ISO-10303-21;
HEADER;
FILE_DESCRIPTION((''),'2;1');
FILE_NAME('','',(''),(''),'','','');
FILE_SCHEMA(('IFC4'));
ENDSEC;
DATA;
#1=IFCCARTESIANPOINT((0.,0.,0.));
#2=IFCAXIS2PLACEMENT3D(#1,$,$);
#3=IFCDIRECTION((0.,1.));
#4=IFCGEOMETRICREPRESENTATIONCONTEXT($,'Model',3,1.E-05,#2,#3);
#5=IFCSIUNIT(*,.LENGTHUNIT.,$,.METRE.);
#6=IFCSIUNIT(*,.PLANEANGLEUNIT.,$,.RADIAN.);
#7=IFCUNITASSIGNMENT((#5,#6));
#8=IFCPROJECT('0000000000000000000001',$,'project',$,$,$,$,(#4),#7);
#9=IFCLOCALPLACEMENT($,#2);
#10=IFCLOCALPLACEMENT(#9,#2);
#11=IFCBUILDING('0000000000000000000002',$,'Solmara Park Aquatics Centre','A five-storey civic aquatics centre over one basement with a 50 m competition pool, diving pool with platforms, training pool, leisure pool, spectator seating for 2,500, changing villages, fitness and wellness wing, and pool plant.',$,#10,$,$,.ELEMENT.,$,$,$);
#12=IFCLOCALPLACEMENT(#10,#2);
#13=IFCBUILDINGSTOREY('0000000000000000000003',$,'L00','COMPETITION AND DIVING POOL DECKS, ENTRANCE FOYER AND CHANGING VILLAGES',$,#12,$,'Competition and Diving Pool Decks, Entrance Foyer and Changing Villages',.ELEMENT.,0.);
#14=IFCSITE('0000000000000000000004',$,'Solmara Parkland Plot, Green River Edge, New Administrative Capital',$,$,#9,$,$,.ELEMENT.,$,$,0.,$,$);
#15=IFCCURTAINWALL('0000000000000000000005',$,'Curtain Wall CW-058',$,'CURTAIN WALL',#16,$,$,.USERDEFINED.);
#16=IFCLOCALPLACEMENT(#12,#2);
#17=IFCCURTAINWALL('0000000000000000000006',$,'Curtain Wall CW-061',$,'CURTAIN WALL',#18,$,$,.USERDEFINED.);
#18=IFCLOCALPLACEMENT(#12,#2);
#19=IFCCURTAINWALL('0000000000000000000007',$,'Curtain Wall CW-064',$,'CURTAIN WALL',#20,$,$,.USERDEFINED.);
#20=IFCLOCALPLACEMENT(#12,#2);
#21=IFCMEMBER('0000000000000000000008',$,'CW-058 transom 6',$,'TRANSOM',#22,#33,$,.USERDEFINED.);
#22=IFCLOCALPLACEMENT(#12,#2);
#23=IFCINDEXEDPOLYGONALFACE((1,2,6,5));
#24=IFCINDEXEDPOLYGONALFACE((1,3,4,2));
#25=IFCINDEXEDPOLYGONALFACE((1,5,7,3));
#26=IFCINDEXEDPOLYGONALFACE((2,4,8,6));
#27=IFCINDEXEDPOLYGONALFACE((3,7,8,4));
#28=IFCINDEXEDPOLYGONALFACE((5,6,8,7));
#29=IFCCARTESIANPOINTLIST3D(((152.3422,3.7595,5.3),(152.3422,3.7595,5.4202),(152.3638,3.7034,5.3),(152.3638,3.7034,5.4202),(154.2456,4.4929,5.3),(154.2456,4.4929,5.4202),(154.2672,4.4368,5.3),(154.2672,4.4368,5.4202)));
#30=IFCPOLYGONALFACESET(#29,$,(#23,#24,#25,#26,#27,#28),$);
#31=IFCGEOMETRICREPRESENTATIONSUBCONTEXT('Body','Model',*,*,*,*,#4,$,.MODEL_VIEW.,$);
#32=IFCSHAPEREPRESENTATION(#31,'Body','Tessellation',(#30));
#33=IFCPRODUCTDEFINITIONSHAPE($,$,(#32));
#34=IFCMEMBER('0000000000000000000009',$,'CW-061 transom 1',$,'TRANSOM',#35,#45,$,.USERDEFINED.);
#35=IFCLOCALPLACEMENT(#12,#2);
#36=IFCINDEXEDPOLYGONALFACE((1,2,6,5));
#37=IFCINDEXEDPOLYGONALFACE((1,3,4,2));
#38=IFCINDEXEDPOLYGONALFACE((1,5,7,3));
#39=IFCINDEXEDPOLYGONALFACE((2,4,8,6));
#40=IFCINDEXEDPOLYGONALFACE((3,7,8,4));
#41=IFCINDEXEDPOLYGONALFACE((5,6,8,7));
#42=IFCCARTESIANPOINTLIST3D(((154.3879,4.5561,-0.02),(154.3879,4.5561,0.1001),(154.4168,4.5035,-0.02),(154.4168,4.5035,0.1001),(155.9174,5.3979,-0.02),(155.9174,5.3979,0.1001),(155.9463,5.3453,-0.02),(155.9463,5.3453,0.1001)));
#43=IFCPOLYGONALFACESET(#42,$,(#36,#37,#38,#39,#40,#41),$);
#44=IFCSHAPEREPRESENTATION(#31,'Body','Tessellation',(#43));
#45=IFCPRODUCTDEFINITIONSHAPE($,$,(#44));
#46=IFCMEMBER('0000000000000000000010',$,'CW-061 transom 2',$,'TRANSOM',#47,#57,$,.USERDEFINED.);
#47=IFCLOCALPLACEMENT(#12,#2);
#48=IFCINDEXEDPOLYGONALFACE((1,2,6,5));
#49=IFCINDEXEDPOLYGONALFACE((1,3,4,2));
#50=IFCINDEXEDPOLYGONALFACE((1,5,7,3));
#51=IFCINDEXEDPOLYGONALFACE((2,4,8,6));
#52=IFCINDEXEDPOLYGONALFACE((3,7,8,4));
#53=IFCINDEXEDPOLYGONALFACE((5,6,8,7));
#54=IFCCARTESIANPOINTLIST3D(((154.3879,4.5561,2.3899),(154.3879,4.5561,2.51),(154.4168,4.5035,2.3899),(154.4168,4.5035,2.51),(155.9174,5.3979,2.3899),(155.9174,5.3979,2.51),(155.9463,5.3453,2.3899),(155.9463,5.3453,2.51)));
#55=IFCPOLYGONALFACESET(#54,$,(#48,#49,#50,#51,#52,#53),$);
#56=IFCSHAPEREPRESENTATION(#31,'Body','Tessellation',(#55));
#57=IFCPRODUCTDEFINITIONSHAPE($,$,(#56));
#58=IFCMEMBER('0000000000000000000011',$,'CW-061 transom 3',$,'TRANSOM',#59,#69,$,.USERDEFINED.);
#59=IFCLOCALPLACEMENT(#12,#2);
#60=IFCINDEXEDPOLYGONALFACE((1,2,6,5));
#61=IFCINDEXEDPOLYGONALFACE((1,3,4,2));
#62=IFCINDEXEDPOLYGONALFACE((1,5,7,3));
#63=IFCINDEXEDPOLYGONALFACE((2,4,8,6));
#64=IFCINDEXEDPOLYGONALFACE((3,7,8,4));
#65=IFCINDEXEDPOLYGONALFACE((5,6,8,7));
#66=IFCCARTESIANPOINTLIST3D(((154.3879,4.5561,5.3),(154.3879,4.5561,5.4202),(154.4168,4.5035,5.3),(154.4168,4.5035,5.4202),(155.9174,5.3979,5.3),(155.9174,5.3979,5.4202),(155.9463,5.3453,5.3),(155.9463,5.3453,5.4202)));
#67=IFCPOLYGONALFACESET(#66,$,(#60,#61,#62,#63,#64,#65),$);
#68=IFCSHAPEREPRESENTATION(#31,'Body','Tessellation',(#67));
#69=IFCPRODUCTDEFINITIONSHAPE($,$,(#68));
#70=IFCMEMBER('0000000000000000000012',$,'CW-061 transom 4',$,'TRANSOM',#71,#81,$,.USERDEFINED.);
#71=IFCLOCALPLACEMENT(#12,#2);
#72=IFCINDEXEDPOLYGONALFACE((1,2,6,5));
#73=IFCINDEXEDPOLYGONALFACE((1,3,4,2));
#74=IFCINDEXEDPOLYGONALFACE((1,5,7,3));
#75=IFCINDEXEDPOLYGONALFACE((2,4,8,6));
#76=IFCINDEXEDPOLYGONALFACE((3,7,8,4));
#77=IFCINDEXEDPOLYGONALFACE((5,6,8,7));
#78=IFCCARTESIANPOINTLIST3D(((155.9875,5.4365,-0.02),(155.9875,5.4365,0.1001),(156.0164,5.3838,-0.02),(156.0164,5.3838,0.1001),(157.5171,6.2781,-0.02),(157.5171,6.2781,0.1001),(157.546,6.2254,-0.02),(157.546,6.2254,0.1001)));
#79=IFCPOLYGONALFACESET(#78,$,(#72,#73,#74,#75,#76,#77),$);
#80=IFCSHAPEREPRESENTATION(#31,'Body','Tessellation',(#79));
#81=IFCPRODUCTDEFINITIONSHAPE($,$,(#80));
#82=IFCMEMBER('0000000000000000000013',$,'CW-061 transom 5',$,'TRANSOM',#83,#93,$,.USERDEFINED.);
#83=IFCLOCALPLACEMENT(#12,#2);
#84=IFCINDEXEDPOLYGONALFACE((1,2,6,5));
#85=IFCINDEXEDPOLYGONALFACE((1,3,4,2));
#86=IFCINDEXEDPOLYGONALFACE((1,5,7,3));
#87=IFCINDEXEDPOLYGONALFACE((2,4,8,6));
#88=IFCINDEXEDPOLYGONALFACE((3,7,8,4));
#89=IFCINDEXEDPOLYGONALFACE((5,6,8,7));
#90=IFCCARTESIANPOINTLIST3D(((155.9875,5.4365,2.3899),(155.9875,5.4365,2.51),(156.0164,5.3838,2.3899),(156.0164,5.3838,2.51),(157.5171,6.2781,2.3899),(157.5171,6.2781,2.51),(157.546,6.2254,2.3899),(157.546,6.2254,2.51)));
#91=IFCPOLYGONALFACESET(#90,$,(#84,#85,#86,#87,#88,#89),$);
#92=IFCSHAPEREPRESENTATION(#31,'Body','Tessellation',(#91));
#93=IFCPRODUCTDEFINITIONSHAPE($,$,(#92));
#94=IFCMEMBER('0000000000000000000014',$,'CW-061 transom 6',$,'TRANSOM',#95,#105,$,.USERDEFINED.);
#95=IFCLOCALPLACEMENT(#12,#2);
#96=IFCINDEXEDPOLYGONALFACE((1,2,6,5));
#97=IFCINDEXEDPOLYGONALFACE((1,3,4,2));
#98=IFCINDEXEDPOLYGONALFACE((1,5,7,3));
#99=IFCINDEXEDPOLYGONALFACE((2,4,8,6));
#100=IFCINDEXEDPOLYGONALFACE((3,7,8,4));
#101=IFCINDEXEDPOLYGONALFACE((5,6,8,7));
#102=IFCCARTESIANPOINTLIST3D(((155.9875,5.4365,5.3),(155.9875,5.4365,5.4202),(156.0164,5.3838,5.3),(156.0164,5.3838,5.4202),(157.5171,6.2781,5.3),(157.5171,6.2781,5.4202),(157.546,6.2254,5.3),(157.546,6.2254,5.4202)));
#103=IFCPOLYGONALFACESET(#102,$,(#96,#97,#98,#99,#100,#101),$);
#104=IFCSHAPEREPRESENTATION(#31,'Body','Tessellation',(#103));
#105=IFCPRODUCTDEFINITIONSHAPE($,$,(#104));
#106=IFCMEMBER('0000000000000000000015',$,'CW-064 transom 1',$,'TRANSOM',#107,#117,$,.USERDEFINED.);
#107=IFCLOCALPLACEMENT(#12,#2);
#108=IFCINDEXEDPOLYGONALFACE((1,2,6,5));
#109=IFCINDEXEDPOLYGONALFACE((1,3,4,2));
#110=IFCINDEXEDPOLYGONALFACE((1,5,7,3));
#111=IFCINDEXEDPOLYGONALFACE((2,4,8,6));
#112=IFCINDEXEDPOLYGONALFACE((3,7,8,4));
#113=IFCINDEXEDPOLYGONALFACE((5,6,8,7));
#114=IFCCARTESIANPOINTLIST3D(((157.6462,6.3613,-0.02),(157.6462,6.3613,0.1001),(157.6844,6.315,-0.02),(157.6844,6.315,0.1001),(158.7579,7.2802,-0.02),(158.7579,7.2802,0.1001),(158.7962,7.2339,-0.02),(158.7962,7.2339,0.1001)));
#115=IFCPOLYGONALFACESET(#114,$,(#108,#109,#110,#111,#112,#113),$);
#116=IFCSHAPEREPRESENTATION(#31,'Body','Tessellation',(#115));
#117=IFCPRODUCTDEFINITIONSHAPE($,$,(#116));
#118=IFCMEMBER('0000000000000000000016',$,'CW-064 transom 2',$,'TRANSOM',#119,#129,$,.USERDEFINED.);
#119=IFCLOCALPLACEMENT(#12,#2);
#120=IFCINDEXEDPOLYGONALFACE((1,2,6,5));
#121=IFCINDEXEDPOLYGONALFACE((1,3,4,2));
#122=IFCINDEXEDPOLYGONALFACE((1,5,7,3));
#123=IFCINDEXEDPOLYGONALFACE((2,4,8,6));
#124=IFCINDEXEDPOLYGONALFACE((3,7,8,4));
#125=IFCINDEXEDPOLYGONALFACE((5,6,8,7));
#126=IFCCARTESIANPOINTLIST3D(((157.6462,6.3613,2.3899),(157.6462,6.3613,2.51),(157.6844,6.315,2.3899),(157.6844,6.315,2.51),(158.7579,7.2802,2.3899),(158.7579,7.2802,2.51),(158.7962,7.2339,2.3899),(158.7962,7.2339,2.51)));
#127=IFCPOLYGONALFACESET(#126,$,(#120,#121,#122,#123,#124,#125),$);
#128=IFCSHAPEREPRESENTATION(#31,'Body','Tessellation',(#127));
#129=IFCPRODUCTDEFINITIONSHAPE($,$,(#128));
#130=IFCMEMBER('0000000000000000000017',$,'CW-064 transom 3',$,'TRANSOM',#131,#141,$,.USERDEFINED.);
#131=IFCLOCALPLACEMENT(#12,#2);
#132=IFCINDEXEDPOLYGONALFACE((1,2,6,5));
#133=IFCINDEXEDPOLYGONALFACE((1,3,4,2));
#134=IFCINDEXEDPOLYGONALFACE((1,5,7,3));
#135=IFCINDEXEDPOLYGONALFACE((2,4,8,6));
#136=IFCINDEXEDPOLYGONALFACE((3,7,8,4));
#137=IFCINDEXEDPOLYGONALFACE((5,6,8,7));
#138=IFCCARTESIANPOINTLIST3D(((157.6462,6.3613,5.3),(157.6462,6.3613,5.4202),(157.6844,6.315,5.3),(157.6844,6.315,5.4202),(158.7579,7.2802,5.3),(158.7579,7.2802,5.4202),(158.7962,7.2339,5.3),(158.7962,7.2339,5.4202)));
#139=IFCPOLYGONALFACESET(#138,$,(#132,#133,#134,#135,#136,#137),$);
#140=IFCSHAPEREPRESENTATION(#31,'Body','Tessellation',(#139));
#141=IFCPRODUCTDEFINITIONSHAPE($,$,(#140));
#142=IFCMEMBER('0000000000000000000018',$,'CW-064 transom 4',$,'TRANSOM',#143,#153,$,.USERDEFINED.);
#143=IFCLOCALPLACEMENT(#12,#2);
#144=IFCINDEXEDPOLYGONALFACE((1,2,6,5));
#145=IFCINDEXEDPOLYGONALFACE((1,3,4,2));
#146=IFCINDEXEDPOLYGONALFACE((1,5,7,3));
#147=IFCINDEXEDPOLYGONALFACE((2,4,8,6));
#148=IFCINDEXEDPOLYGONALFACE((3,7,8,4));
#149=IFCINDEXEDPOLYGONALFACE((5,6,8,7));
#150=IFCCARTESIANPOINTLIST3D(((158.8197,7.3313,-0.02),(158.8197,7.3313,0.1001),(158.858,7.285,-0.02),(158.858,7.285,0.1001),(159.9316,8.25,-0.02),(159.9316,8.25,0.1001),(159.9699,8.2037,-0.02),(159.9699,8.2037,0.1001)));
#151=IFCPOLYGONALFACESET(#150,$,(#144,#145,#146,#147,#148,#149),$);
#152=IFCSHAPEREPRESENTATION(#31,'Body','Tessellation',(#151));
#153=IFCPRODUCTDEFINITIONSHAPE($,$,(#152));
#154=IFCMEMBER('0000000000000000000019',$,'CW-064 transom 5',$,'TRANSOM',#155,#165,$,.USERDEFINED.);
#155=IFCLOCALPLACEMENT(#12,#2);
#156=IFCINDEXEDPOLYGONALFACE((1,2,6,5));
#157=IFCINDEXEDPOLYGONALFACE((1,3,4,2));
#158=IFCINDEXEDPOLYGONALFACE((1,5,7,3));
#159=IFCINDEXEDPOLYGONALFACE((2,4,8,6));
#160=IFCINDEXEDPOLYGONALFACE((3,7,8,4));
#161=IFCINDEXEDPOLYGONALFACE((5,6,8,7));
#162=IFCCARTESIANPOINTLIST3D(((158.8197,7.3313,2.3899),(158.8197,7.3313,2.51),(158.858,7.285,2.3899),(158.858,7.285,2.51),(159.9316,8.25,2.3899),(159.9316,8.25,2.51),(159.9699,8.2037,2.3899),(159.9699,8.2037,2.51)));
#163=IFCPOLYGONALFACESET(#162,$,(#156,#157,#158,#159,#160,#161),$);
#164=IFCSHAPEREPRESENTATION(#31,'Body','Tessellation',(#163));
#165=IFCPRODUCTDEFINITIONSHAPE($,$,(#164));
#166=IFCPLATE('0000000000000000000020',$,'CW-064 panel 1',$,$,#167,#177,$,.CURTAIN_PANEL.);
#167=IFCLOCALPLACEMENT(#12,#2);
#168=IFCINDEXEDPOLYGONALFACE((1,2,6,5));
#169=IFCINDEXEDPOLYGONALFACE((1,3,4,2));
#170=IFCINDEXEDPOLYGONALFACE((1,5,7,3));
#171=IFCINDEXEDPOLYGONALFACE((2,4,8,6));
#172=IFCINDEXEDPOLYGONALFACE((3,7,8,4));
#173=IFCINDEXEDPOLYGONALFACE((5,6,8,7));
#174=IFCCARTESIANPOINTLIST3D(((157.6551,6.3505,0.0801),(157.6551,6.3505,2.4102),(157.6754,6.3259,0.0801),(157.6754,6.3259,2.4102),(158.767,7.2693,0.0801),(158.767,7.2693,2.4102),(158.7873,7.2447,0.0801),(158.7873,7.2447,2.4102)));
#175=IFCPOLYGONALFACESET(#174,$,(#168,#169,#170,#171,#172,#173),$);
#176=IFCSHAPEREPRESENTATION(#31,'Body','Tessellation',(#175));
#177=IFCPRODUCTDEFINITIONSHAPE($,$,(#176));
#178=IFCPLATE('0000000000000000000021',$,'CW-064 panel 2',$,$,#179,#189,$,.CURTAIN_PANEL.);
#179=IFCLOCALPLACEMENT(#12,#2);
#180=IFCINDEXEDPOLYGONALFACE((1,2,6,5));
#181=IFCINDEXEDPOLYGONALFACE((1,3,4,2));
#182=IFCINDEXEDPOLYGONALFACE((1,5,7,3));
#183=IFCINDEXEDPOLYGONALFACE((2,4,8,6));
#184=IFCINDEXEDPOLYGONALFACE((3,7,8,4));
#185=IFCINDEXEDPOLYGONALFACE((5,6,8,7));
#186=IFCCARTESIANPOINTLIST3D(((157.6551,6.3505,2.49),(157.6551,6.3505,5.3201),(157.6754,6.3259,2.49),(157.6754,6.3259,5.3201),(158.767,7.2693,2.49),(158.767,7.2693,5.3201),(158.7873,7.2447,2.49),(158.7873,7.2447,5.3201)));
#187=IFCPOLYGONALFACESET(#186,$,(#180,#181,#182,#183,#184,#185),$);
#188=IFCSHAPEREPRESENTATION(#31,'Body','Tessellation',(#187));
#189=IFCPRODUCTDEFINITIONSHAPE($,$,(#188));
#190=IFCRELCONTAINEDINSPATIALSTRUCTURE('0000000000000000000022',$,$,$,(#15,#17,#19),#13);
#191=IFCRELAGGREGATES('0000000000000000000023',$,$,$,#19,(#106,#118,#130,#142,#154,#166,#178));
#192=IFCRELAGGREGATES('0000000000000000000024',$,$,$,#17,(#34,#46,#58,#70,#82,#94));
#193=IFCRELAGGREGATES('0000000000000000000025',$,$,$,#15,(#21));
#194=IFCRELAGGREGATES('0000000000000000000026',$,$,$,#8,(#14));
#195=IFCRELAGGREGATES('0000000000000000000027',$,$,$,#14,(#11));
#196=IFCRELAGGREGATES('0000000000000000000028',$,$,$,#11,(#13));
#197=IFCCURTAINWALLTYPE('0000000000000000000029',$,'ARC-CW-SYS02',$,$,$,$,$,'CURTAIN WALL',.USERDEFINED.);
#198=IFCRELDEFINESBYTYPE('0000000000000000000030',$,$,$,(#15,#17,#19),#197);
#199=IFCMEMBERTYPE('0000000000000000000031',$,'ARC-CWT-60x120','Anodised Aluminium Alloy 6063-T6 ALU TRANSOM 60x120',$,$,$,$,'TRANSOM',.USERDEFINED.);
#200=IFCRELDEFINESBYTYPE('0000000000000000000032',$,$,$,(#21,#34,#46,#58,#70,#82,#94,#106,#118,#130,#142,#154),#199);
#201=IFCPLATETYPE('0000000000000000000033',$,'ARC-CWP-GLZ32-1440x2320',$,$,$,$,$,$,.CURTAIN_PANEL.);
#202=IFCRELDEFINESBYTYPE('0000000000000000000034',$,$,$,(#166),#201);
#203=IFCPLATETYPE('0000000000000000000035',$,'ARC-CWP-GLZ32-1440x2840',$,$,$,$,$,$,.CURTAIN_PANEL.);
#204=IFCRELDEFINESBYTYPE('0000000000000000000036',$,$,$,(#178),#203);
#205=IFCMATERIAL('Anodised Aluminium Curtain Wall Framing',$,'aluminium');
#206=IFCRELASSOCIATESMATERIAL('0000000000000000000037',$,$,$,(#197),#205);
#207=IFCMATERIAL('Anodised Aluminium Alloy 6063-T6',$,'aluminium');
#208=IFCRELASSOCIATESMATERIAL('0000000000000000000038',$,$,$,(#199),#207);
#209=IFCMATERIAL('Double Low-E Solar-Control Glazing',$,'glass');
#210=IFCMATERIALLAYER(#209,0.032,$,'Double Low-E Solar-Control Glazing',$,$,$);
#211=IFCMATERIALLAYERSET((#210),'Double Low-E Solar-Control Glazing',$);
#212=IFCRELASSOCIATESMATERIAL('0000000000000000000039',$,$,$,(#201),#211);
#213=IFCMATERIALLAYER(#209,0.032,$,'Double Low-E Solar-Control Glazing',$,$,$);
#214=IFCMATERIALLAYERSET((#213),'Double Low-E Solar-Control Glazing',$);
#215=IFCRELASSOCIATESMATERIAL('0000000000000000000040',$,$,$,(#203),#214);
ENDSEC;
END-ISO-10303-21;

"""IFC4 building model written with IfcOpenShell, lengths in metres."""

from ifc_helpers import new_model, si_unit, direction, frame, origin, origin_2d, place, context, subcontext, project, spatial, rectangle, extrude, material, layer, layer_set, material_profile, profile_set, type_object, element, aggregate, save


model = new_model("IFC4")

# Units and contexts
model_context = context("Model", 3, precision=1e-05, world=origin(), true_north=direction((0.0, 1.0)))
body_context = subcontext(model_context, "Body", "Model", "MODEL_VIEW")
ifc_project = project(units=[si_unit("LENGTHUNIT", "METRE"), si_unit("PLANEANGLEUNIT", "RADIAN")], contexts=[model_context])

# Site, building, storey
site_placement = place(None, origin())
site = spatial("IfcSite", under=ifc_project, at=site_placement, Name="Solmara Parkland Plot, Green River Edge, New Administrative Capital", CompositionType="ELEMENT", RefElevation=0.0)
building_placement = place(site_placement, origin())
building = spatial("IfcBuilding", under=site, at=building_placement, Name="Solmara Park Aquatics Centre", Description="A five-storey civic aquatics centre over one basement with a 50 m competition pool, diving pool with platforms, training pool, leisure pool, spectator seating for 2,500, changing villages, fitness and wellness wing, and pool plant.", CompositionType="ELEMENT")
storey_placement = place(building_placement, origin())
storey = spatial("IfcBuildingStorey", under=building, at=storey_placement, Name="L00", Description="COMPETITION AND DIVING POOL DECKS, ENTRANCE FOYER AND CHANGING VILLAGES", LongName="Competition and Diving Pool Decks, Entrance Foyer and Changing Villages", CompositionType="ELEMENT", Elevation=0.0)

# Curtain walls
ifc_material_1 = material(Name="Anodised Aluminium Curtain Wall Framing", Category="aluminium")
curtain_wall_type = type_object("IfcCurtainWallType", Name="ARC-CW-SYS02", ElementType="CURTAIN WALL", PredefinedType="USERDEFINED", material=ifc_material_1)
curtain_wall_1_placement = place(storey_placement, origin())
curtain_wall_1 = element("IfcCurtainWall", 1, at=curtain_wall_1_placement, inside=storey, type_object=curtain_wall_type, Name="Curtain Wall CW-058", ObjectType="CURTAIN WALL", PredefinedType="USERDEFINED")
ifc_material_2 = material(Name="Anodised Aluminium Alloy 6063-T6", Category="aluminium")
curtain_wall_2_placement = place(storey_placement, origin())
curtain_wall_2 = element("IfcCurtainWall", 2, at=curtain_wall_2_placement, inside=storey, type_object=curtain_wall_type, Name="Curtain Wall CW-061", ObjectType="CURTAIN WALL", PredefinedType="USERDEFINED")
curtain_wall_3_placement = place(storey_placement, origin())
curtain_wall_3 = element("IfcCurtainWall", 3, at=curtain_wall_3_placement, inside=storey, type_object=curtain_wall_type, Name="Curtain Wall CW-064", ObjectType="CURTAIN WALL", PredefinedType="USERDEFINED")

# Members
ifc_material_profile_1 = material_profile(ifc_material_2, rectangle(XDim=0.0601, YDim=0.1201, at=origin_2d()), Name="ALU TRANSOM 60x120")
ifc_profile_set_1 = profile_set([ifc_material_profile_1], Name="Anodised Aluminium Alloy 6063-T6")
member_type_1 = type_object("IfcMemberType", Name="ARC-CWT-60x120", Description="Anodised Aluminium Alloy 6063-T6 ALU TRANSOM 60x120", ElementType="TRANSOM", PredefinedType="USERDEFINED", material=ifc_profile_set_1)
member_1_placement = place(storey_placement, frame((152.353, 3.7314, 5.3601), z_axis=(0.933123, 0.359556, 0.0), x_axis=(-0.359556, 0.933123, 0.0)))
member_1 = element("IfcMember", 4, at=member_1_placement, type_object=member_type_1, Name="CW-058 transom 6", ObjectType="TRANSOM", PredefinedType="USERDEFINED", context=body_context, shape_type="SweptSolid", body=[
    extrude(rectangle(XDim=0.0601, YDim=0.1201, at=origin_2d()), origin(), (0.0, 0.0, 1.0), 2.0398),
])
member_2_placement = place(storey_placement, frame((154.4023, 4.5298, 0.04), z_axis=(0.876083, 0.48216, 0.0), x_axis=(-0.48216, 0.876083, 0.0)))
member_2 = element("IfcMember", 5, at=member_2_placement, type_object=member_type_1, Name="CW-061 transom 1", ObjectType="TRANSOM", PredefinedType="USERDEFINED", context=body_context, shape_type="SweptSolid", body=[
    extrude(rectangle(XDim=0.0601, YDim=0.1201, at=origin_2d()), origin(), (0.0, 0.0, 1.0), 1.7458),
])
member_3_placement = place(storey_placement, frame((154.4023, 4.5298, 2.45), z_axis=(0.876083, 0.48216, 0.0), x_axis=(-0.48216, 0.876083, 0.0)))
member_3 = element("IfcMember", 6, at=member_3_placement, type_object=member_type_1, Name="CW-061 transom 2", ObjectType="TRANSOM", PredefinedType="USERDEFINED", context=body_context, shape_type="SweptSolid", body=[
    extrude(rectangle(XDim=0.0601, YDim=0.1201, at=origin_2d()), origin(), (0.0, 0.0, 1.0), 1.7458),
])
member_4_placement = place(storey_placement, frame((154.4023, 4.5298, 5.3601), z_axis=(0.876083, 0.48216, 0.0), x_axis=(-0.48216, 0.876083, 0.0)))
member_4 = element("IfcMember", 7, at=member_4_placement, type_object=member_type_1, Name="CW-061 transom 3", ObjectType="TRANSOM", PredefinedType="USERDEFINED", context=body_context, shape_type="SweptSolid", body=[
    extrude(rectangle(XDim=0.0601, YDim=0.1201, at=origin_2d()), origin(), (0.0, 0.0, 1.0), 1.7458),
])
member_5_placement = place(storey_placement, frame((156.002, 5.4102, 0.04), z_axis=(0.876142, 0.482053, 0.0), x_axis=(-0.482053, 0.876142, 0.0)))
member_5 = element("IfcMember", 8, at=member_5_placement, type_object=member_type_1, Name="CW-061 transom 4", ObjectType="TRANSOM", PredefinedType="USERDEFINED", context=body_context, shape_type="SweptSolid", body=[
    extrude(rectangle(XDim=0.0601, YDim=0.1201, at=origin_2d()), origin(), (0.0, 0.0, 1.0), 1.7458),
])
member_6_placement = place(storey_placement, frame((156.002, 5.4102, 2.45), z_axis=(0.876142, 0.482053, 0.0), x_axis=(-0.482053, 0.876142, 0.0)))
member_6 = element("IfcMember", 9, at=member_6_placement, type_object=member_type_1, Name="CW-061 transom 5", ObjectType="TRANSOM", PredefinedType="USERDEFINED", context=body_context, shape_type="SweptSolid", body=[
    extrude(rectangle(XDim=0.0601, YDim=0.1201, at=origin_2d()), origin(), (0.0, 0.0, 1.0), 1.7458),
])
member_7_placement = place(storey_placement, frame((156.002, 5.4102, 5.3601), z_axis=(0.876142, 0.482053, 0.0), x_axis=(-0.482053, 0.876142, 0.0)))
member_7 = element("IfcMember", 10, at=member_7_placement, type_object=member_type_1, Name="CW-061 transom 6", ObjectType="TRANSOM", PredefinedType="USERDEFINED", context=body_context, shape_type="SweptSolid", body=[
    extrude(rectangle(XDim=0.0601, YDim=0.1201, at=origin_2d()), origin(), (0.0, 0.0, 1.0), 1.7458),
])
member_8_placement = place(storey_placement, frame((157.6653, 6.3381, 0.04), z_axis=(0.770796, 0.637083, 0.0), x_axis=(-0.637083, 0.770796, 0.0)))
member_8 = element("IfcMember", 11, at=member_8_placement, type_object=member_type_1, Name="CW-064 transom 1", ObjectType="TRANSOM", PredefinedType="USERDEFINED", context=body_context, shape_type="SweptSolid", body=[
    extrude(rectangle(XDim=0.0601, YDim=0.1201, at=origin_2d()), origin(), (0.0, 0.0, 1.0), 1.4424),
])
member_9_placement = place(storey_placement, frame((157.6653, 6.3381, 2.45), z_axis=(0.770796, 0.637083, 0.0), x_axis=(-0.637083, 0.770796, 0.0)))
member_9 = element("IfcMember", 12, at=member_9_placement, type_object=member_type_1, Name="CW-064 transom 2", ObjectType="TRANSOM", PredefinedType="USERDEFINED", context=body_context, shape_type="SweptSolid", body=[
    extrude(rectangle(XDim=0.0601, YDim=0.1201, at=origin_2d()), origin(), (0.0, 0.0, 1.0), 1.4424),
])
member_10_placement = place(storey_placement, frame((157.6653, 6.3381, 5.3601), z_axis=(0.770796, 0.637083, 0.0), x_axis=(-0.637083, 0.770796, 0.0)))
member_10 = element("IfcMember", 13, at=member_10_placement, type_object=member_type_1, Name="CW-064 transom 3", ObjectType="TRANSOM", PredefinedType="USERDEFINED", context=body_context, shape_type="SweptSolid", body=[
    extrude(rectangle(XDim=0.0601, YDim=0.1201, at=origin_2d()), origin(), (0.0, 0.0, 1.0), 1.4424),
])
member_11_placement = place(storey_placement, frame((158.8389, 7.3081, 0.04), z_axis=(0.770879, 0.636982, 0.0), x_axis=(-0.636982, 0.770879, 0.0)))
member_11 = element("IfcMember", 14, at=member_11_placement, type_object=member_type_1, Name="CW-064 transom 4", ObjectType="TRANSOM", PredefinedType="USERDEFINED", context=body_context, shape_type="SweptSolid", body=[
    extrude(rectangle(XDim=0.0601, YDim=0.1201, at=origin_2d()), origin(), (0.0, 0.0, 1.0), 1.4424),
])
member_12_placement = place(storey_placement, frame((158.8389, 7.3081, 2.45), z_axis=(0.770879, 0.636982, 0.0), x_axis=(-0.636982, 0.770879, 0.0)))
member_12 = element("IfcMember", 15, at=member_12_placement, type_object=member_type_1, Name="CW-064 transom 5", ObjectType="TRANSOM", PredefinedType="USERDEFINED", context=body_context, shape_type="SweptSolid", body=[
    extrude(rectangle(XDim=0.0601, YDim=0.1201, at=origin_2d()), origin(), (0.0, 0.0, 1.0), 1.4424),
])

# Plates
ifc_material_3 = material(Name="Double Low-E Solar-Control Glazing", Category="glass")
ifc_layer_1 = layer(ifc_material_3, 0.032, Name="Double Low-E Solar-Control Glazing")
ifc_layer_set_1 = layer_set([ifc_layer_1], Name="Double Low-E Solar-Control Glazing")
plate_type_1 = type_object("IfcPlateType", Name="ARC-CWP-GLZ32-1440x2320", PredefinedType="CURTAIN_PANEL", material=ifc_layer_set_1)
plate_1_placement = place(storey_placement, frame((158.2212, 6.7976, 0.0801), z_axis=(0.0, 0.0, 1.0), x_axis=(0.770877, 0.636984, 0.0)))
plate_1 = element("IfcPlate", 16, at=plate_1_placement, type_object=plate_type_1, Name="CW-064 panel 1", PredefinedType="CURTAIN_PANEL", context=body_context, shape_type="SweptSolid", body=[
    extrude(rectangle(XDim=1.4424, YDim=0.032, at=origin_2d()), origin(), (0.0, 0.0, 1.0), 2.3301),
])
ifc_layer_2 = layer(ifc_material_3, 0.032, Name="Double Low-E Solar-Control Glazing")
ifc_layer_set_2 = layer_set([ifc_layer_2], Name="Double Low-E Solar-Control Glazing")
plate_type_2 = type_object("IfcPlateType", Name="ARC-CWP-GLZ32-1440x2840", PredefinedType="CURTAIN_PANEL", material=ifc_layer_set_2)
plate_2_placement = place(storey_placement, frame((158.2212, 6.7976, 2.49), z_axis=(0.0, 0.0, 1.0), x_axis=(0.770877, 0.636984, 0.0)))
plate_2 = element("IfcPlate", 17, at=plate_2_placement, type_object=plate_type_2, Name="CW-064 panel 2", PredefinedType="CURTAIN_PANEL", context=body_context, shape_type="SweptSolid", body=[
    extrude(rectangle(XDim=1.4424, YDim=0.032, at=origin_2d()), origin(), (0.0, 0.0, 1.0), 2.8301),
])
aggregate(curtain_wall_3, [member_8, member_9, member_10, member_11, member_12, plate_1, plate_2])
aggregate(curtain_wall_2, [member_2, member_3, member_4, member_5, member_6, member_7])
aggregate(curtain_wall_1, [member_1])

save(model, "model.ifc")
